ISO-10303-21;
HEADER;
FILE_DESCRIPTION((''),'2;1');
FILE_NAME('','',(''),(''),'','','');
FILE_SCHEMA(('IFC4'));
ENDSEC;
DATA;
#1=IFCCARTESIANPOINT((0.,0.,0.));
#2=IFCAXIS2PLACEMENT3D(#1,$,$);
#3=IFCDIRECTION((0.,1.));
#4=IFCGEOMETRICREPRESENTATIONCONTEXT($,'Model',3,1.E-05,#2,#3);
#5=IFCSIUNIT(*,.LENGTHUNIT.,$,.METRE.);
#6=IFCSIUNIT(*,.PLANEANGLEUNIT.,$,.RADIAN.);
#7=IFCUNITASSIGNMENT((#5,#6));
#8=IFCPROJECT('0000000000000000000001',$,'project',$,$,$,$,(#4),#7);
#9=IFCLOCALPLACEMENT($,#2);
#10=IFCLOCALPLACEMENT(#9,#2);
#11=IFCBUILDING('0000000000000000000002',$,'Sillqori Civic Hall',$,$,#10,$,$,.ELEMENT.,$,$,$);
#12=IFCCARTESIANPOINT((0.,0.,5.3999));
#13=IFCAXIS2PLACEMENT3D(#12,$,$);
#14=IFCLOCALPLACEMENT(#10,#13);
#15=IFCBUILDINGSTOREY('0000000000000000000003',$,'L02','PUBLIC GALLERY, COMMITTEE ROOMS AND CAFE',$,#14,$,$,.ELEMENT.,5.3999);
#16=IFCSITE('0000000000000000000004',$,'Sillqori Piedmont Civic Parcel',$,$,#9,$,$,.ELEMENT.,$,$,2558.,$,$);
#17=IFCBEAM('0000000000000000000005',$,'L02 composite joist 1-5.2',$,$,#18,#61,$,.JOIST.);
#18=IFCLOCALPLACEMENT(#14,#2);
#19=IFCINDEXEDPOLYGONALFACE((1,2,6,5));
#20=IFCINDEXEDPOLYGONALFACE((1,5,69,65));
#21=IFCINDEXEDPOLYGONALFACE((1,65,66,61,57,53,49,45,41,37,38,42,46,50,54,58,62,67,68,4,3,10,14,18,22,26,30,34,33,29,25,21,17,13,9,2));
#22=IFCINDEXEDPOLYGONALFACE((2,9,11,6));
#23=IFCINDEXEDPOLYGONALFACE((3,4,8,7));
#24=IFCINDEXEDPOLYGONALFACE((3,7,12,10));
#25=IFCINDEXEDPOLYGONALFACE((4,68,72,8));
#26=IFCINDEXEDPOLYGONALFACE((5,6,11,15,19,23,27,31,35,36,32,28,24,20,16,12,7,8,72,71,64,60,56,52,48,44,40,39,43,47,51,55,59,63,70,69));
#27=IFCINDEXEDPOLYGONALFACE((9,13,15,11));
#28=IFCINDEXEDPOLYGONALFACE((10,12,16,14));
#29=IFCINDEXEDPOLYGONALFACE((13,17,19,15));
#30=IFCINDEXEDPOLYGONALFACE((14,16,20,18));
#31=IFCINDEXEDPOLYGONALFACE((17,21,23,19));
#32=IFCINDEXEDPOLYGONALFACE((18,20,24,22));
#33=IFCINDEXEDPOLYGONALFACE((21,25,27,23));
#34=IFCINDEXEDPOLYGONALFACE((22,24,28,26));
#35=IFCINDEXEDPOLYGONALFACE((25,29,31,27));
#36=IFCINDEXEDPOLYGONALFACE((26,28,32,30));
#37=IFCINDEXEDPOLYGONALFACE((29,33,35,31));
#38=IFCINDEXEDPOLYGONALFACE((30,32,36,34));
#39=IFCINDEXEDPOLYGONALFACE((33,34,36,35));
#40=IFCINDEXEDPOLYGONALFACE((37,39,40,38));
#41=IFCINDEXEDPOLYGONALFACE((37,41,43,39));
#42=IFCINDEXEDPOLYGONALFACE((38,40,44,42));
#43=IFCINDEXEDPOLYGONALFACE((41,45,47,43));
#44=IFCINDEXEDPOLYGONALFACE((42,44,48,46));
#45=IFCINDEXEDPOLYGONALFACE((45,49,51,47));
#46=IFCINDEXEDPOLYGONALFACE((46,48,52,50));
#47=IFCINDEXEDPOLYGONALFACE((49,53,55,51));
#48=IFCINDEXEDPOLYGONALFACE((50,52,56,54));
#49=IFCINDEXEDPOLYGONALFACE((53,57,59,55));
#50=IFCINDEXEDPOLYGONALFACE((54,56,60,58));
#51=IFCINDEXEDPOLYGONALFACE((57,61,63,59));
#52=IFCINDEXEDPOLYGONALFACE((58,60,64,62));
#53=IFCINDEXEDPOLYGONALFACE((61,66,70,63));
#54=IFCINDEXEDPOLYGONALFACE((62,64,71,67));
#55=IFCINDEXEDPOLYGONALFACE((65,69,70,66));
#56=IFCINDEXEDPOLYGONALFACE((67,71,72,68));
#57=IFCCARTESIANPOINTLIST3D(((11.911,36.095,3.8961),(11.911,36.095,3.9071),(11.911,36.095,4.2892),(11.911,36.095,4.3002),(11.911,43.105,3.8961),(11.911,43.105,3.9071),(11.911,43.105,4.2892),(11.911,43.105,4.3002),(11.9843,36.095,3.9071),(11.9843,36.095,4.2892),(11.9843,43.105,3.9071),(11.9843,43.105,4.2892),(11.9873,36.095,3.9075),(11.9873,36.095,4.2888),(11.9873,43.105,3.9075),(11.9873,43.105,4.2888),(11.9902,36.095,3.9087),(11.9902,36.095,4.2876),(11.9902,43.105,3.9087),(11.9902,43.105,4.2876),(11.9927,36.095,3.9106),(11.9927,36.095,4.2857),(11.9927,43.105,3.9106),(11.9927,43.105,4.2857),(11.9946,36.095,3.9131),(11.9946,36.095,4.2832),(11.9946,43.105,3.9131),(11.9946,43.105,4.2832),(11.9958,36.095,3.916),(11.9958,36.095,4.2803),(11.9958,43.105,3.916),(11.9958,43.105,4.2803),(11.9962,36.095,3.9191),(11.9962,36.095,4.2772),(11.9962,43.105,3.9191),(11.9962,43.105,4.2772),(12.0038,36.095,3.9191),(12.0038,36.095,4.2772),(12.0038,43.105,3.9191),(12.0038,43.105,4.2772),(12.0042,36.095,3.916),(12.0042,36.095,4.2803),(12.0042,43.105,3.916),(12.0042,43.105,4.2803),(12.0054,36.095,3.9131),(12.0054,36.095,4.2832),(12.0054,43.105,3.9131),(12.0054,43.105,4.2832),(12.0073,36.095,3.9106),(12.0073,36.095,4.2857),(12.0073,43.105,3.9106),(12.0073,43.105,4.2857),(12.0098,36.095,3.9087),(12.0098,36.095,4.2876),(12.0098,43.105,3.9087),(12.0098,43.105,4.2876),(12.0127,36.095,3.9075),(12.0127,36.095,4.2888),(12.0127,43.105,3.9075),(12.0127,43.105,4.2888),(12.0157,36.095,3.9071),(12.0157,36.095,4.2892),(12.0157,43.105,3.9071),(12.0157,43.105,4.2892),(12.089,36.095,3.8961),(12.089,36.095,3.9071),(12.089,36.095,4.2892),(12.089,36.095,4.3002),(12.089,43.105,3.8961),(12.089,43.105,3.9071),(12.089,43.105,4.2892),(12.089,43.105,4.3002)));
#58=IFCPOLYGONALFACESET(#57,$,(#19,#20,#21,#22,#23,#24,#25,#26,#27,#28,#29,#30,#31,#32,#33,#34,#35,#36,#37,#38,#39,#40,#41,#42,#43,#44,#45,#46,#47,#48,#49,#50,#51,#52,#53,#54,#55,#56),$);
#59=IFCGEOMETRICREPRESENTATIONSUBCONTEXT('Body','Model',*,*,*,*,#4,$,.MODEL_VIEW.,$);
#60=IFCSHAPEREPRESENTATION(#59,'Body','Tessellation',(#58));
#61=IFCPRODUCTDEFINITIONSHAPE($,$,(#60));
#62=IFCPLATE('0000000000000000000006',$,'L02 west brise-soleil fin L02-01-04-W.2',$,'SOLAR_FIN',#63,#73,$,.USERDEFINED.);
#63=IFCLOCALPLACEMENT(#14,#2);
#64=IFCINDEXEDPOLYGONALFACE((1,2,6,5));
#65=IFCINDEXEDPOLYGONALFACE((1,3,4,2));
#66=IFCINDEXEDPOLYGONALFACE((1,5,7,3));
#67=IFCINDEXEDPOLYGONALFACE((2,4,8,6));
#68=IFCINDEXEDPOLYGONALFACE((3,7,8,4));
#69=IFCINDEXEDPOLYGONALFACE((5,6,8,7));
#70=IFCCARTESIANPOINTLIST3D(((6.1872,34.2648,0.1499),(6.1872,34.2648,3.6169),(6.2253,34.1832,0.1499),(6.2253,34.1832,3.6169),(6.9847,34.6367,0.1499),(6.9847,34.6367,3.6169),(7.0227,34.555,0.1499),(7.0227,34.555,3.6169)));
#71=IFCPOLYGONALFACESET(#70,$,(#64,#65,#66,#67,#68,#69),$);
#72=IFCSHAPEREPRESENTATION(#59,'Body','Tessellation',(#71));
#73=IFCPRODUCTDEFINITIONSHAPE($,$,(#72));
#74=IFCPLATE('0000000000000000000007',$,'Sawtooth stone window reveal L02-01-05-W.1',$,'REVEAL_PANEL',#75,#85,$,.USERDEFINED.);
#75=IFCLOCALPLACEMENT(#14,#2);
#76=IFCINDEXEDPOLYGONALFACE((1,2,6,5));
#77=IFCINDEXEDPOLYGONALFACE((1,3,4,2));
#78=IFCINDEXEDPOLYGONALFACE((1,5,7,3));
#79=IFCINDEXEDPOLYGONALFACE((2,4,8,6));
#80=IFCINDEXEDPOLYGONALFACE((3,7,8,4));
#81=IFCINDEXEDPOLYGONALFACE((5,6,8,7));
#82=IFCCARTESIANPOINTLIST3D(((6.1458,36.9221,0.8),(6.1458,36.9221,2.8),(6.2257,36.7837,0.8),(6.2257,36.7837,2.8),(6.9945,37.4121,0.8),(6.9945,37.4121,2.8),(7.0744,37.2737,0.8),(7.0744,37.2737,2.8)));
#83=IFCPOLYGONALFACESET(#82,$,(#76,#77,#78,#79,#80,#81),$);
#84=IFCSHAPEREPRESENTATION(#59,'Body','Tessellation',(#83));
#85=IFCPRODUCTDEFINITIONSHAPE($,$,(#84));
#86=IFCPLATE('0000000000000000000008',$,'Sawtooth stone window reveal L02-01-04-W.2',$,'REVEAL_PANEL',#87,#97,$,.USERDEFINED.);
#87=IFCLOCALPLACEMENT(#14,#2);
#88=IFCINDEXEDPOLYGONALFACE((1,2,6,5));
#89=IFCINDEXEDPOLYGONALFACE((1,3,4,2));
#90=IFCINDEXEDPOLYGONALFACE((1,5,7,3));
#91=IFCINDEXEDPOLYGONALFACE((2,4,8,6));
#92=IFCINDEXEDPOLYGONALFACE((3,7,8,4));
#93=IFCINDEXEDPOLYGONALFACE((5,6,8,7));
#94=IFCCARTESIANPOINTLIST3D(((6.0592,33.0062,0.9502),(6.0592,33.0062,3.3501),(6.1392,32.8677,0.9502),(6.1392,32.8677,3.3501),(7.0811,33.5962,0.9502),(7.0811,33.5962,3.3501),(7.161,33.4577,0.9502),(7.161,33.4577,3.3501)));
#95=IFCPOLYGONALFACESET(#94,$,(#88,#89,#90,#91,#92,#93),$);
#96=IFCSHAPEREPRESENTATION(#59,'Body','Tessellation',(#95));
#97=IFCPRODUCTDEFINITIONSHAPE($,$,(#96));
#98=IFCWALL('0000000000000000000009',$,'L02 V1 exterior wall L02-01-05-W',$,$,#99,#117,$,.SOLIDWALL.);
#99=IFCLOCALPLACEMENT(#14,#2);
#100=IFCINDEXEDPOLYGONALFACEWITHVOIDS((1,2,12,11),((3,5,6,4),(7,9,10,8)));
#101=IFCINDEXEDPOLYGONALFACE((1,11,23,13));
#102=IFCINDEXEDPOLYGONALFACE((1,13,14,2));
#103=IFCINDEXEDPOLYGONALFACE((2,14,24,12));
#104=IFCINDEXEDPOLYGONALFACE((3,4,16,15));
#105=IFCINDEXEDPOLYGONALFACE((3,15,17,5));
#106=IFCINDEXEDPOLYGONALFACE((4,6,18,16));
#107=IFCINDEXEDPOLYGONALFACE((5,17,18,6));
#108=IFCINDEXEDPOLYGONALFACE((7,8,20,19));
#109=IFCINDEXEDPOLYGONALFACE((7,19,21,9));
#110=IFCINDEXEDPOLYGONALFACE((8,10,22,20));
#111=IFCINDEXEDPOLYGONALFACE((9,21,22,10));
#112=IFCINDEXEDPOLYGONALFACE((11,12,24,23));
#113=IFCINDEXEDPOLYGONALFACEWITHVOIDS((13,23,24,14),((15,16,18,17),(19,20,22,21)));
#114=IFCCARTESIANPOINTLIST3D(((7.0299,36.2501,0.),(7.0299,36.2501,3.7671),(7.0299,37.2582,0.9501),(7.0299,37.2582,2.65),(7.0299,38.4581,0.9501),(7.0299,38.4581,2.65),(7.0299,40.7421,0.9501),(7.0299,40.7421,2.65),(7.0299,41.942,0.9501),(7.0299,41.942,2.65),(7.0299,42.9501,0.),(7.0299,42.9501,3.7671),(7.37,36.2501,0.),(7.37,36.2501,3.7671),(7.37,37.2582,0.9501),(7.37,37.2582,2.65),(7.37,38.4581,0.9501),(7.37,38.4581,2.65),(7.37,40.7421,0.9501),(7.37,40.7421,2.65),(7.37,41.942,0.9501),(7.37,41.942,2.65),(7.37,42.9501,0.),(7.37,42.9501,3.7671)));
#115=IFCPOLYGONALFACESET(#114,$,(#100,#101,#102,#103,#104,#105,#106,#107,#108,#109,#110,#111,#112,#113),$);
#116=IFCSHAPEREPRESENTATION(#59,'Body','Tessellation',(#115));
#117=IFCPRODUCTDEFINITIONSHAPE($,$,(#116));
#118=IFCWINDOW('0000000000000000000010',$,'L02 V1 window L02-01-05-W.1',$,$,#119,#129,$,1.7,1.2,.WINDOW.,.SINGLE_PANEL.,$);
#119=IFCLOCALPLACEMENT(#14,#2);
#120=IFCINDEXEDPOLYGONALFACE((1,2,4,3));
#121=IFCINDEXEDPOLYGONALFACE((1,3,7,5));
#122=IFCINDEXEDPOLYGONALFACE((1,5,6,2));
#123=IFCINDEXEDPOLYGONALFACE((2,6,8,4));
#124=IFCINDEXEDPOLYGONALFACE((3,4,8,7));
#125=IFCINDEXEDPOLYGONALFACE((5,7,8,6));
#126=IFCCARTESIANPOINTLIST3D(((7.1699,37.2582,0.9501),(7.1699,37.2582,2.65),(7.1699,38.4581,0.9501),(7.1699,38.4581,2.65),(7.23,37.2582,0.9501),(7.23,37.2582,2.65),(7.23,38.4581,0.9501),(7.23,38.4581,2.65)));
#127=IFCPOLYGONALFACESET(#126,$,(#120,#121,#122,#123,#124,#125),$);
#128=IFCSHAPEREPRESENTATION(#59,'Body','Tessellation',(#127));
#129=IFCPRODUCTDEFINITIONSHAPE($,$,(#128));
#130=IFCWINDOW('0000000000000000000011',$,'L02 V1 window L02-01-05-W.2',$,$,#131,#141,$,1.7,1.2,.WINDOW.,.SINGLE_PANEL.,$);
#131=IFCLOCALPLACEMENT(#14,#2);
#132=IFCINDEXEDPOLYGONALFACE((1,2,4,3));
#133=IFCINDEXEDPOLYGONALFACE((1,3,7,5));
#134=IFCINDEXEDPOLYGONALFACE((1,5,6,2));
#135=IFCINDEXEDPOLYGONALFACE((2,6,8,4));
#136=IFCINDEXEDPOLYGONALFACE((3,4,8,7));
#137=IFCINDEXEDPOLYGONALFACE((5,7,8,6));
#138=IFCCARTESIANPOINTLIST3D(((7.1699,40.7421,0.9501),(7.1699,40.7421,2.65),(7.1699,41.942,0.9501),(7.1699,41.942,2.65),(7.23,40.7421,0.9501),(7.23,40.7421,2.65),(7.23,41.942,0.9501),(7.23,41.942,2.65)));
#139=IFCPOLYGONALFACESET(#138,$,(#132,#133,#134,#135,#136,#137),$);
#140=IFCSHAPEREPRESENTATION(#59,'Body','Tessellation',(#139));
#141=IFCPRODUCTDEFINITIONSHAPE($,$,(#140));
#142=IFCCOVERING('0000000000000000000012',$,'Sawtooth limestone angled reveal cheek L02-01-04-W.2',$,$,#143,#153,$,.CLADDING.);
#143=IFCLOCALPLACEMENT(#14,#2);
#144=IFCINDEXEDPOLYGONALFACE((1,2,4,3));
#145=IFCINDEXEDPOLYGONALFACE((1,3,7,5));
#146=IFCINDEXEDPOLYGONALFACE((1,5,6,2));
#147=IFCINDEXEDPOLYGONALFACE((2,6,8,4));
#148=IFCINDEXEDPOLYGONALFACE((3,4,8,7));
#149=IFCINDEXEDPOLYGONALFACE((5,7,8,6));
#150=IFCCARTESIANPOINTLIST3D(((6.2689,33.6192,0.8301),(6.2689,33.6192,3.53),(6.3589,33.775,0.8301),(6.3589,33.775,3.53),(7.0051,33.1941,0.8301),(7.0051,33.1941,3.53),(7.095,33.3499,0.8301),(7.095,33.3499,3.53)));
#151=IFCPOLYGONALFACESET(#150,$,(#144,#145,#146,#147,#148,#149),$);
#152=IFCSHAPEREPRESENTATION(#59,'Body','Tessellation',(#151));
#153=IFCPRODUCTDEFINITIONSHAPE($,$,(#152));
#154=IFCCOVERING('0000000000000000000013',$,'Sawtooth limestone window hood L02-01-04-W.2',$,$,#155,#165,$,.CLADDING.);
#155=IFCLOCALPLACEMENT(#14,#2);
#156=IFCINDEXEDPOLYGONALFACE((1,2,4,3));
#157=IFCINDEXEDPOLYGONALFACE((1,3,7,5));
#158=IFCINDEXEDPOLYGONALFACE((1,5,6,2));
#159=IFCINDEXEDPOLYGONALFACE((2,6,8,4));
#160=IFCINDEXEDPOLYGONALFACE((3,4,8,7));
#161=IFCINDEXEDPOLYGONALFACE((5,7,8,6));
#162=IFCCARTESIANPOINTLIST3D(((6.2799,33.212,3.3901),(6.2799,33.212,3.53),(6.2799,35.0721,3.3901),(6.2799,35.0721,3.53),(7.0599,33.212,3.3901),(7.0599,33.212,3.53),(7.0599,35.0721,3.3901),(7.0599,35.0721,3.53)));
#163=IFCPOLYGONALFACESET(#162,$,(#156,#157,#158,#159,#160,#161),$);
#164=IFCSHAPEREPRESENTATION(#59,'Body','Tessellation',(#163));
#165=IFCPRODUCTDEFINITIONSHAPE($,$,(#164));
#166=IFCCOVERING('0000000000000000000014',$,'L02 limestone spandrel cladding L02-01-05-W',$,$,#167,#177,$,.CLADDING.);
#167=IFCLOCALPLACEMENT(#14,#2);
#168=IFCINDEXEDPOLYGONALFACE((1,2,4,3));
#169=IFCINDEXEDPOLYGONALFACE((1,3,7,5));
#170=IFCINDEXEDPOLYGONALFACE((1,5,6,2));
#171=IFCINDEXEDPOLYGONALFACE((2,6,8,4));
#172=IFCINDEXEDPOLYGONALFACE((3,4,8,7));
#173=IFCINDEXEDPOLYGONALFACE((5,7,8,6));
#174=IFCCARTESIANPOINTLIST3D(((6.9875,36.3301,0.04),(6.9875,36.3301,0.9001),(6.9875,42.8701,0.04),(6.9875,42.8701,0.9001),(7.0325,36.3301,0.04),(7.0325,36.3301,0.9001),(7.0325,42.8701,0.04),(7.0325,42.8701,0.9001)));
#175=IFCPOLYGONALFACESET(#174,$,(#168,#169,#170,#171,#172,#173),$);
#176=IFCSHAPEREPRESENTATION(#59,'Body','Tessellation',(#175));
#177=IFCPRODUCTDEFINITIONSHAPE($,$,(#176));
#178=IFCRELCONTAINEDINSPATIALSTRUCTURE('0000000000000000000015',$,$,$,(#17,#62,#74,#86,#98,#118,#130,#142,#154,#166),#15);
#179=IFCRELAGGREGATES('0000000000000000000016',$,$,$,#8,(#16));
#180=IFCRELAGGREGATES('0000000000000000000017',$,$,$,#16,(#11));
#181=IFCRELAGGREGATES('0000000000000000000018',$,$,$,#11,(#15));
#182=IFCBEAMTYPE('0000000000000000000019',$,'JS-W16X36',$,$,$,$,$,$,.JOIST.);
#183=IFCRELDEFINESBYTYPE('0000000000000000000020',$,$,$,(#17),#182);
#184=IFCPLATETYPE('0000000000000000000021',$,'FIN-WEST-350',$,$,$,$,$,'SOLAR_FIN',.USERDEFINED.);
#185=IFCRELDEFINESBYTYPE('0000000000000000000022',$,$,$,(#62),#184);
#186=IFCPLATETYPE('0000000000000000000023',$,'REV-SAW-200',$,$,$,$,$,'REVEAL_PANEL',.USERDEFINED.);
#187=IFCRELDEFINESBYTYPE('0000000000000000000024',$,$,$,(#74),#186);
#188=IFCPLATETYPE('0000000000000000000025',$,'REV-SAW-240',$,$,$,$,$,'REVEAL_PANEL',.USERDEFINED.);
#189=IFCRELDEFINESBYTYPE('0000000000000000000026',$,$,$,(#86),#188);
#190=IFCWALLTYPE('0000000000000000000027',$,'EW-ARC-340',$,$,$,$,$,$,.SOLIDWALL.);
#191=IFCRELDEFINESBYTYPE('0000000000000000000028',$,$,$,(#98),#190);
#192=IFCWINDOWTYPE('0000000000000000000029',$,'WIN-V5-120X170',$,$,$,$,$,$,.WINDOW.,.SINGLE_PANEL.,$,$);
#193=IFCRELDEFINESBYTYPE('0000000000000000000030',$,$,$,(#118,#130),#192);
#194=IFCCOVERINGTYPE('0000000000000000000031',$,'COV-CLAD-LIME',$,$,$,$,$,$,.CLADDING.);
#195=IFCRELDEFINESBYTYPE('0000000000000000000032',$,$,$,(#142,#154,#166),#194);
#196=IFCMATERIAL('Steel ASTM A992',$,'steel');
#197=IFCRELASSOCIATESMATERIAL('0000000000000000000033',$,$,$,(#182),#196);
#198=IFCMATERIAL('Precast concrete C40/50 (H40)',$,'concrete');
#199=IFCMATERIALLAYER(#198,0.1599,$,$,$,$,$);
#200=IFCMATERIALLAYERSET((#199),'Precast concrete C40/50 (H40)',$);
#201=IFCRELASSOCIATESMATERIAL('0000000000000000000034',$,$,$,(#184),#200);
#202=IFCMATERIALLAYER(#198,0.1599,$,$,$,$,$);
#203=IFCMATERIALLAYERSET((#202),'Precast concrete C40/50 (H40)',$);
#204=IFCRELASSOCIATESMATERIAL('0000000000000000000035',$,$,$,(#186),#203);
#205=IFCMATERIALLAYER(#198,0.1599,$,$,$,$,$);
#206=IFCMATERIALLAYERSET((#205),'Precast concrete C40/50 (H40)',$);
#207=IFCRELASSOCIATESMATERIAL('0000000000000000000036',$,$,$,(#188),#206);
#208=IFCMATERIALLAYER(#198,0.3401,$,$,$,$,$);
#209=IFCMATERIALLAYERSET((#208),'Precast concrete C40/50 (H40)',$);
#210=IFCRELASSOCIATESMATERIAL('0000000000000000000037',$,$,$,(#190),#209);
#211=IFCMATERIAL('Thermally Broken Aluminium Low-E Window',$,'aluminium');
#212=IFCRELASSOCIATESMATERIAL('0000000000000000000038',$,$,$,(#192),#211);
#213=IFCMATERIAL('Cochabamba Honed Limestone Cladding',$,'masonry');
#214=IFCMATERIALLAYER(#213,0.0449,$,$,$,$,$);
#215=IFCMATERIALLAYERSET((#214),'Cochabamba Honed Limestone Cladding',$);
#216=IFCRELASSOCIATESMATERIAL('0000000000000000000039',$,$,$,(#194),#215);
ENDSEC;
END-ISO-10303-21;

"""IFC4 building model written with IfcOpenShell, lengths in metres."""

from ifc_helpers import new_model, si_unit, direction, frame, frame_2d, origin, origin_2d, place, context, subcontext, project, spatial, rectangle, i_section, extrude, material, layer, layer_set, material_profile, profile_set, type_object, element, fill, save


model = new_model("IFC4")

# Units and contexts
model_context = context("Model", 3, precision=1e-05, world=origin(), true_north=direction((0.0, 1.0)))
body_context = subcontext(model_context, "Body", "Model", "MODEL_VIEW")
ifc_project = project(units=[si_unit("LENGTHUNIT", "METRE"), si_unit("PLANEANGLEUNIT", "RADIAN")], contexts=[model_context])

# Site, building, storey
site_placement = place(None, origin())
site = spatial("IfcSite", under=ifc_project, at=site_placement, Name="Sillqori Piedmont Civic Parcel", CompositionType="ELEMENT", RefElevation=2558.0)
building_placement = place(site_placement, origin())
building = spatial("IfcBuilding", under=site, at=building_placement, Name="Sillqori Civic Hall", CompositionType="ELEMENT")
storey_placement = place(building_placement, frame((0.0, 0.0, 5.3999)))
storey = spatial("IfcBuildingStorey", under=building, at=storey_placement, Name="L02", Description="PUBLIC GALLERY, COMMITTEE ROOMS AND CAFE", CompositionType="ELEMENT", Elevation=5.3999)

# Beam
ifc_material_1 = material(Name="Steel ASTM A992", Category="steel")
ifc_material_profile_1 = material_profile(ifc_material_1, i_section(OverallWidth=0.178, OverallDepth=0.4041, WebThickness=0.0076, FlangeThickness=0.011, FilletRadius=0.012, at=origin_2d()), Name="W16X36")
ifc_profile_set_1 = profile_set([ifc_material_profile_1], Name="Steel ASTM A992")
beam_type_1 = type_object("IfcBeamType", Name="JS-W16X36", PredefinedType="JOIST", material=ifc_profile_set_1)
for number, where, z_axis, x_axis, name in (
    (1, (12.0, 36.095, 4.0981), (0.0, 1.0, 0.0), (-1.0, 0.0, 0.0), "L02 composite joist 1-5.2"),
):
    element("IfcBeam", number, at=place(storey_placement, frame(where, z_axis=z_axis, x_axis=x_axis)), inside=storey, type_object=beam_type_1, Name=name, PredefinedType="JOIST", context=body_context, shape_type="SweptSolid", body=[
        extrude(i_section(OverallWidth=0.178, OverallDepth=0.4041, WebThickness=0.0076, FlangeThickness=0.011, FilletRadius=0.012, at=origin_2d()), origin(), (0.0, 0.0, 1.0), 7.01),
    ])

# Plates
ifc_material_2 = material(Name="Precast concrete C40/50 (H40)", Category="concrete")
ifc_layer_1 = layer(ifc_material_2, 0.1599)
ifc_layer_set_1 = layer_set([ifc_layer_1], Name="Precast concrete C40/50 (H40)")
plate_type_1 = type_object("IfcPlateType", Name="FIN-WEST-350", ElementType="SOLAR_FIN", PredefinedType="USERDEFINED", material=ifc_layer_set_1)
plate_1_placement = place(storey_placement, frame((6.605, 34.4099, 0.1499), z_axis=(0.0, 0.0, 1.0), x_axis=(-0.422618, 0.906308, 0.0)))
element("IfcPlate", 2, at=plate_1_placement, inside=storey, type_object=plate_type_1, Name="L02 west brise-soleil fin L02-01-04-W.2", ObjectType="SOLAR_FIN", PredefinedType="USERDEFINED", context=body_context, shape_type="SweptSolid", body=[
    extrude(rectangle(XDim=0.0901, YDim=0.8799, at=origin_2d()), origin(), (0.0, 0.0, 1.0), 3.467),
])
ifc_layer_2 = layer(ifc_material_2, 0.1599)
ifc_layer_set_2 = layer_set([ifc_layer_2], Name="Precast concrete C40/50 (H40)")
plate_type_2 = type_object("IfcPlateType", Name="REV-SAW-200", ElementType="REVEAL_PANEL", PredefinedType="USERDEFINED", material=ifc_layer_set_2)
plate_2_placement = place(storey_placement, frame((6.6101, 37.0979, 0.8), z_axis=(0.0, 0.0, 1.0), x_axis=(-0.5, 0.866025, 0.0)))
element("IfcPlate", 3, at=plate_2_placement, inside=storey, type_object=plate_type_2, Name="Sawtooth stone window reveal L02-01-05-W.1", ObjectType="REVEAL_PANEL", PredefinedType="USERDEFINED", context=body_context, shape_type="SweptSolid", body=[
    extrude(rectangle(XDim=0.1599, YDim=0.98, at=origin_2d()), origin(), (0.0, 0.0, 1.0), 2.0),
])
ifc_layer_3 = layer(ifc_material_2, 0.1599)
ifc_layer_set_3 = layer_set([ifc_layer_3], Name="Precast concrete C40/50 (H40)")
plate_type_3 = type_object("IfcPlateType", Name="REV-SAW-240", ElementType="REVEAL_PANEL", PredefinedType="USERDEFINED", material=ifc_layer_set_3)
plate_3_placement = place(storey_placement, frame((6.6101, 33.2319, 0.9502), z_axis=(0.0, 0.0, 1.0), x_axis=(-0.5, 0.866025, 0.0)))
element("IfcPlate", 4, at=plate_3_placement, inside=storey, type_object=plate_type_3, Name="Sawtooth stone window reveal L02-01-04-W.2", ObjectType="REVEAL_PANEL", PredefinedType="USERDEFINED", context=body_context, shape_type="SweptSolid", body=[
    extrude(rectangle(XDim=0.1599, YDim=1.1799, at=origin_2d()), origin(), (0.0, 0.0, 1.0), 2.3999),
])

# Wall, openings, windows
ifc_layer_4 = layer(ifc_material_2, 0.3401)
ifc_layer_set_4 = layer_set([ifc_layer_4], Name="Precast concrete C40/50 (H40)")
wall_type = type_object("IfcWallType", Name="EW-ARC-340", PredefinedType="SOLIDWALL", material=ifc_layer_set_4)
wall_placement = place(storey_placement, frame((7.2, 36.25, 0.0), z_axis=(0.0, 0.0, 1.0), x_axis=(0.0, 1.0, 0.0)))
wall = element("IfcWall", 5, at=wall_placement, inside=storey, type_object=wall_type, Name="L02 V1 exterior wall L02-01-05-W", PredefinedType="SOLIDWALL", context=body_context, shape_type="SweptSolid", body=[
    extrude(rectangle(XDim=6.7, YDim=0.3401, at=frame_2d((3.3501, 0.0))), origin(), (0.0, 0.0, 1.0), 3.7671),
])
opening_1_placement = place(wall_placement, frame((1.0081, 0.0, 0.95)))
opening_1 = element("IfcOpeningElement", 6, at=opening_1_placement, cuts=wall, PredefinedType="OPENING", context=body_context, shape_type="SweptSolid", body=[
    extrude(rectangle(XDim=1.2, YDim=1.7, at=frame_2d((0.6001, 0.8501))), frame((0.0, 0.1799, 0.0), z_axis=(0.0, -1.0, 0.0), x_axis=(1.0, 0.0, 0.0)), (0.0, 0.0, 1.0), 0.3601),
])
opening_2_placement = place(wall_placement, frame((4.4919, 0.0, 0.95)))
opening_2 = element("IfcOpeningElement", 7, at=opening_2_placement, cuts=wall, PredefinedType="OPENING", context=body_context, shape_type="SweptSolid", body=[
    extrude(rectangle(XDim=1.2, YDim=1.7, at=frame_2d((0.6001, 0.8501))), frame((0.0, 0.1799, 0.0), z_axis=(0.0, -1.0, 0.0), x_axis=(1.0, 0.0, 0.0)), (0.0, 0.0, 1.0), 0.3601),
])
ifc_material_3 = material(Name="Thermally Broken Aluminium Low-E Window", Category="aluminium")
window_type = type_object("IfcWindowType", Name="WIN-V5-120X170", PartitioningType="SINGLE_PANEL", PredefinedType="WINDOW", material=ifc_material_3)
window_1_placement = place(opening_1_placement, origin())
window_1 = element("IfcWindow", 8, at=window_1_placement, inside=storey, type_object=window_type, Name="L02 V1 window L02-01-05-W.1", OverallHeight=1.7, OverallWidth=1.2, PartitioningType="SINGLE_PANEL", PredefinedType="WINDOW", context=body_context, shape_type="SweptSolid", body=[
    extrude(rectangle(XDim=1.2, YDim=1.7, at=frame_2d((0.6001, 0.8501))), frame((0.0, 0.03, 0.0), z_axis=(0.0, -1.0, 0.0), x_axis=(1.0, 0.0, 0.0)), (0.0, 0.0, 1.0), 0.0601),
])
fill(opening_1, window_1)
window_2_placement = place(opening_2_placement, origin())
window_2 = element("IfcWindow", 9, at=window_2_placement, inside=storey, type_object=window_type, Name="L02 V1 window L02-01-05-W.2", OverallHeight=1.7, OverallWidth=1.2, PartitioningType="SINGLE_PANEL", PredefinedType="WINDOW", context=body_context, shape_type="SweptSolid", body=[
    extrude(rectangle(XDim=1.2, YDim=1.7, at=frame_2d((0.6001, 0.8501))), frame((0.0, 0.03, 0.0), z_axis=(0.0, -1.0, 0.0), x_axis=(1.0, 0.0, 0.0)), (0.0, 0.0, 1.0), 0.0601),
])
fill(opening_2, window_2)

# Coverings
ifc_material_4 = material(Name="Cochabamba Honed Limestone Cladding", Category="masonry")
ifc_layer_5 = layer(ifc_material_4, 0.0449)
ifc_layer_set_5 = layer_set([ifc_layer_5], Name="Cochabamba Honed Limestone Cladding")
covering_type = type_object("IfcCoveringType", Name="COV-CLAD-LIME", PredefinedType="CLADDING", material=ifc_layer_set_5)
covering_1_placement = place(storey_placement, frame((7.05, 33.272, 0.8301), z_axis=(0.0, 0.0, 1.0), x_axis=(-0.865989, 0.500062, 0.0)))
element("IfcCovering", 10, at=covering_1_placement, inside=storey, type_object=covering_type, Name="Sawtooth limestone angled reveal cheek L02-01-04-W.2", PredefinedType="CLADDING", context=body_context, shape_type="SweptSolid", body=[
    extrude(rectangle(XDim=0.8501, YDim=0.1799, at=frame_2d((0.425, 0.0))), origin(), (0.0, 0.0, 1.0), 2.7),
])
covering_2_placement = place(storey_placement, frame((6.6699, 33.2119, 3.3901), z_axis=(0.0, 0.0, 1.0), x_axis=(0.0, 1.0, 0.0)))
element("IfcCovering", 11, at=covering_2_placement, inside=storey, type_object=covering_type, Name="Sawtooth limestone window hood L02-01-04-W.2", PredefinedType="CLADDING", context=body_context, shape_type="SweptSolid", body=[
    extrude(rectangle(XDim=1.8601, YDim=0.78, at=frame_2d((0.9302, 0.0))), origin(), (0.0, 0.0, 1.0), 0.1399),
])
covering_3_placement = place(storey_placement, frame((7.01, 36.3301, 0.04), z_axis=(0.0, 0.0, 1.0), x_axis=(0.0, 1.0, 0.0)))
element("IfcCovering", 12, at=covering_3_placement, inside=storey, type_object=covering_type, Name="L02 limestone spandrel cladding L02-01-05-W", PredefinedType="CLADDING", context=body_context, shape_type="SweptSolid", body=[
    extrude(rectangle(XDim=6.54, YDim=0.0449, at=frame_2d((3.27, 0.0))), origin(), (0.0, 0.0, 1.0), 0.8601),
])

save(model, "model.ifc")
